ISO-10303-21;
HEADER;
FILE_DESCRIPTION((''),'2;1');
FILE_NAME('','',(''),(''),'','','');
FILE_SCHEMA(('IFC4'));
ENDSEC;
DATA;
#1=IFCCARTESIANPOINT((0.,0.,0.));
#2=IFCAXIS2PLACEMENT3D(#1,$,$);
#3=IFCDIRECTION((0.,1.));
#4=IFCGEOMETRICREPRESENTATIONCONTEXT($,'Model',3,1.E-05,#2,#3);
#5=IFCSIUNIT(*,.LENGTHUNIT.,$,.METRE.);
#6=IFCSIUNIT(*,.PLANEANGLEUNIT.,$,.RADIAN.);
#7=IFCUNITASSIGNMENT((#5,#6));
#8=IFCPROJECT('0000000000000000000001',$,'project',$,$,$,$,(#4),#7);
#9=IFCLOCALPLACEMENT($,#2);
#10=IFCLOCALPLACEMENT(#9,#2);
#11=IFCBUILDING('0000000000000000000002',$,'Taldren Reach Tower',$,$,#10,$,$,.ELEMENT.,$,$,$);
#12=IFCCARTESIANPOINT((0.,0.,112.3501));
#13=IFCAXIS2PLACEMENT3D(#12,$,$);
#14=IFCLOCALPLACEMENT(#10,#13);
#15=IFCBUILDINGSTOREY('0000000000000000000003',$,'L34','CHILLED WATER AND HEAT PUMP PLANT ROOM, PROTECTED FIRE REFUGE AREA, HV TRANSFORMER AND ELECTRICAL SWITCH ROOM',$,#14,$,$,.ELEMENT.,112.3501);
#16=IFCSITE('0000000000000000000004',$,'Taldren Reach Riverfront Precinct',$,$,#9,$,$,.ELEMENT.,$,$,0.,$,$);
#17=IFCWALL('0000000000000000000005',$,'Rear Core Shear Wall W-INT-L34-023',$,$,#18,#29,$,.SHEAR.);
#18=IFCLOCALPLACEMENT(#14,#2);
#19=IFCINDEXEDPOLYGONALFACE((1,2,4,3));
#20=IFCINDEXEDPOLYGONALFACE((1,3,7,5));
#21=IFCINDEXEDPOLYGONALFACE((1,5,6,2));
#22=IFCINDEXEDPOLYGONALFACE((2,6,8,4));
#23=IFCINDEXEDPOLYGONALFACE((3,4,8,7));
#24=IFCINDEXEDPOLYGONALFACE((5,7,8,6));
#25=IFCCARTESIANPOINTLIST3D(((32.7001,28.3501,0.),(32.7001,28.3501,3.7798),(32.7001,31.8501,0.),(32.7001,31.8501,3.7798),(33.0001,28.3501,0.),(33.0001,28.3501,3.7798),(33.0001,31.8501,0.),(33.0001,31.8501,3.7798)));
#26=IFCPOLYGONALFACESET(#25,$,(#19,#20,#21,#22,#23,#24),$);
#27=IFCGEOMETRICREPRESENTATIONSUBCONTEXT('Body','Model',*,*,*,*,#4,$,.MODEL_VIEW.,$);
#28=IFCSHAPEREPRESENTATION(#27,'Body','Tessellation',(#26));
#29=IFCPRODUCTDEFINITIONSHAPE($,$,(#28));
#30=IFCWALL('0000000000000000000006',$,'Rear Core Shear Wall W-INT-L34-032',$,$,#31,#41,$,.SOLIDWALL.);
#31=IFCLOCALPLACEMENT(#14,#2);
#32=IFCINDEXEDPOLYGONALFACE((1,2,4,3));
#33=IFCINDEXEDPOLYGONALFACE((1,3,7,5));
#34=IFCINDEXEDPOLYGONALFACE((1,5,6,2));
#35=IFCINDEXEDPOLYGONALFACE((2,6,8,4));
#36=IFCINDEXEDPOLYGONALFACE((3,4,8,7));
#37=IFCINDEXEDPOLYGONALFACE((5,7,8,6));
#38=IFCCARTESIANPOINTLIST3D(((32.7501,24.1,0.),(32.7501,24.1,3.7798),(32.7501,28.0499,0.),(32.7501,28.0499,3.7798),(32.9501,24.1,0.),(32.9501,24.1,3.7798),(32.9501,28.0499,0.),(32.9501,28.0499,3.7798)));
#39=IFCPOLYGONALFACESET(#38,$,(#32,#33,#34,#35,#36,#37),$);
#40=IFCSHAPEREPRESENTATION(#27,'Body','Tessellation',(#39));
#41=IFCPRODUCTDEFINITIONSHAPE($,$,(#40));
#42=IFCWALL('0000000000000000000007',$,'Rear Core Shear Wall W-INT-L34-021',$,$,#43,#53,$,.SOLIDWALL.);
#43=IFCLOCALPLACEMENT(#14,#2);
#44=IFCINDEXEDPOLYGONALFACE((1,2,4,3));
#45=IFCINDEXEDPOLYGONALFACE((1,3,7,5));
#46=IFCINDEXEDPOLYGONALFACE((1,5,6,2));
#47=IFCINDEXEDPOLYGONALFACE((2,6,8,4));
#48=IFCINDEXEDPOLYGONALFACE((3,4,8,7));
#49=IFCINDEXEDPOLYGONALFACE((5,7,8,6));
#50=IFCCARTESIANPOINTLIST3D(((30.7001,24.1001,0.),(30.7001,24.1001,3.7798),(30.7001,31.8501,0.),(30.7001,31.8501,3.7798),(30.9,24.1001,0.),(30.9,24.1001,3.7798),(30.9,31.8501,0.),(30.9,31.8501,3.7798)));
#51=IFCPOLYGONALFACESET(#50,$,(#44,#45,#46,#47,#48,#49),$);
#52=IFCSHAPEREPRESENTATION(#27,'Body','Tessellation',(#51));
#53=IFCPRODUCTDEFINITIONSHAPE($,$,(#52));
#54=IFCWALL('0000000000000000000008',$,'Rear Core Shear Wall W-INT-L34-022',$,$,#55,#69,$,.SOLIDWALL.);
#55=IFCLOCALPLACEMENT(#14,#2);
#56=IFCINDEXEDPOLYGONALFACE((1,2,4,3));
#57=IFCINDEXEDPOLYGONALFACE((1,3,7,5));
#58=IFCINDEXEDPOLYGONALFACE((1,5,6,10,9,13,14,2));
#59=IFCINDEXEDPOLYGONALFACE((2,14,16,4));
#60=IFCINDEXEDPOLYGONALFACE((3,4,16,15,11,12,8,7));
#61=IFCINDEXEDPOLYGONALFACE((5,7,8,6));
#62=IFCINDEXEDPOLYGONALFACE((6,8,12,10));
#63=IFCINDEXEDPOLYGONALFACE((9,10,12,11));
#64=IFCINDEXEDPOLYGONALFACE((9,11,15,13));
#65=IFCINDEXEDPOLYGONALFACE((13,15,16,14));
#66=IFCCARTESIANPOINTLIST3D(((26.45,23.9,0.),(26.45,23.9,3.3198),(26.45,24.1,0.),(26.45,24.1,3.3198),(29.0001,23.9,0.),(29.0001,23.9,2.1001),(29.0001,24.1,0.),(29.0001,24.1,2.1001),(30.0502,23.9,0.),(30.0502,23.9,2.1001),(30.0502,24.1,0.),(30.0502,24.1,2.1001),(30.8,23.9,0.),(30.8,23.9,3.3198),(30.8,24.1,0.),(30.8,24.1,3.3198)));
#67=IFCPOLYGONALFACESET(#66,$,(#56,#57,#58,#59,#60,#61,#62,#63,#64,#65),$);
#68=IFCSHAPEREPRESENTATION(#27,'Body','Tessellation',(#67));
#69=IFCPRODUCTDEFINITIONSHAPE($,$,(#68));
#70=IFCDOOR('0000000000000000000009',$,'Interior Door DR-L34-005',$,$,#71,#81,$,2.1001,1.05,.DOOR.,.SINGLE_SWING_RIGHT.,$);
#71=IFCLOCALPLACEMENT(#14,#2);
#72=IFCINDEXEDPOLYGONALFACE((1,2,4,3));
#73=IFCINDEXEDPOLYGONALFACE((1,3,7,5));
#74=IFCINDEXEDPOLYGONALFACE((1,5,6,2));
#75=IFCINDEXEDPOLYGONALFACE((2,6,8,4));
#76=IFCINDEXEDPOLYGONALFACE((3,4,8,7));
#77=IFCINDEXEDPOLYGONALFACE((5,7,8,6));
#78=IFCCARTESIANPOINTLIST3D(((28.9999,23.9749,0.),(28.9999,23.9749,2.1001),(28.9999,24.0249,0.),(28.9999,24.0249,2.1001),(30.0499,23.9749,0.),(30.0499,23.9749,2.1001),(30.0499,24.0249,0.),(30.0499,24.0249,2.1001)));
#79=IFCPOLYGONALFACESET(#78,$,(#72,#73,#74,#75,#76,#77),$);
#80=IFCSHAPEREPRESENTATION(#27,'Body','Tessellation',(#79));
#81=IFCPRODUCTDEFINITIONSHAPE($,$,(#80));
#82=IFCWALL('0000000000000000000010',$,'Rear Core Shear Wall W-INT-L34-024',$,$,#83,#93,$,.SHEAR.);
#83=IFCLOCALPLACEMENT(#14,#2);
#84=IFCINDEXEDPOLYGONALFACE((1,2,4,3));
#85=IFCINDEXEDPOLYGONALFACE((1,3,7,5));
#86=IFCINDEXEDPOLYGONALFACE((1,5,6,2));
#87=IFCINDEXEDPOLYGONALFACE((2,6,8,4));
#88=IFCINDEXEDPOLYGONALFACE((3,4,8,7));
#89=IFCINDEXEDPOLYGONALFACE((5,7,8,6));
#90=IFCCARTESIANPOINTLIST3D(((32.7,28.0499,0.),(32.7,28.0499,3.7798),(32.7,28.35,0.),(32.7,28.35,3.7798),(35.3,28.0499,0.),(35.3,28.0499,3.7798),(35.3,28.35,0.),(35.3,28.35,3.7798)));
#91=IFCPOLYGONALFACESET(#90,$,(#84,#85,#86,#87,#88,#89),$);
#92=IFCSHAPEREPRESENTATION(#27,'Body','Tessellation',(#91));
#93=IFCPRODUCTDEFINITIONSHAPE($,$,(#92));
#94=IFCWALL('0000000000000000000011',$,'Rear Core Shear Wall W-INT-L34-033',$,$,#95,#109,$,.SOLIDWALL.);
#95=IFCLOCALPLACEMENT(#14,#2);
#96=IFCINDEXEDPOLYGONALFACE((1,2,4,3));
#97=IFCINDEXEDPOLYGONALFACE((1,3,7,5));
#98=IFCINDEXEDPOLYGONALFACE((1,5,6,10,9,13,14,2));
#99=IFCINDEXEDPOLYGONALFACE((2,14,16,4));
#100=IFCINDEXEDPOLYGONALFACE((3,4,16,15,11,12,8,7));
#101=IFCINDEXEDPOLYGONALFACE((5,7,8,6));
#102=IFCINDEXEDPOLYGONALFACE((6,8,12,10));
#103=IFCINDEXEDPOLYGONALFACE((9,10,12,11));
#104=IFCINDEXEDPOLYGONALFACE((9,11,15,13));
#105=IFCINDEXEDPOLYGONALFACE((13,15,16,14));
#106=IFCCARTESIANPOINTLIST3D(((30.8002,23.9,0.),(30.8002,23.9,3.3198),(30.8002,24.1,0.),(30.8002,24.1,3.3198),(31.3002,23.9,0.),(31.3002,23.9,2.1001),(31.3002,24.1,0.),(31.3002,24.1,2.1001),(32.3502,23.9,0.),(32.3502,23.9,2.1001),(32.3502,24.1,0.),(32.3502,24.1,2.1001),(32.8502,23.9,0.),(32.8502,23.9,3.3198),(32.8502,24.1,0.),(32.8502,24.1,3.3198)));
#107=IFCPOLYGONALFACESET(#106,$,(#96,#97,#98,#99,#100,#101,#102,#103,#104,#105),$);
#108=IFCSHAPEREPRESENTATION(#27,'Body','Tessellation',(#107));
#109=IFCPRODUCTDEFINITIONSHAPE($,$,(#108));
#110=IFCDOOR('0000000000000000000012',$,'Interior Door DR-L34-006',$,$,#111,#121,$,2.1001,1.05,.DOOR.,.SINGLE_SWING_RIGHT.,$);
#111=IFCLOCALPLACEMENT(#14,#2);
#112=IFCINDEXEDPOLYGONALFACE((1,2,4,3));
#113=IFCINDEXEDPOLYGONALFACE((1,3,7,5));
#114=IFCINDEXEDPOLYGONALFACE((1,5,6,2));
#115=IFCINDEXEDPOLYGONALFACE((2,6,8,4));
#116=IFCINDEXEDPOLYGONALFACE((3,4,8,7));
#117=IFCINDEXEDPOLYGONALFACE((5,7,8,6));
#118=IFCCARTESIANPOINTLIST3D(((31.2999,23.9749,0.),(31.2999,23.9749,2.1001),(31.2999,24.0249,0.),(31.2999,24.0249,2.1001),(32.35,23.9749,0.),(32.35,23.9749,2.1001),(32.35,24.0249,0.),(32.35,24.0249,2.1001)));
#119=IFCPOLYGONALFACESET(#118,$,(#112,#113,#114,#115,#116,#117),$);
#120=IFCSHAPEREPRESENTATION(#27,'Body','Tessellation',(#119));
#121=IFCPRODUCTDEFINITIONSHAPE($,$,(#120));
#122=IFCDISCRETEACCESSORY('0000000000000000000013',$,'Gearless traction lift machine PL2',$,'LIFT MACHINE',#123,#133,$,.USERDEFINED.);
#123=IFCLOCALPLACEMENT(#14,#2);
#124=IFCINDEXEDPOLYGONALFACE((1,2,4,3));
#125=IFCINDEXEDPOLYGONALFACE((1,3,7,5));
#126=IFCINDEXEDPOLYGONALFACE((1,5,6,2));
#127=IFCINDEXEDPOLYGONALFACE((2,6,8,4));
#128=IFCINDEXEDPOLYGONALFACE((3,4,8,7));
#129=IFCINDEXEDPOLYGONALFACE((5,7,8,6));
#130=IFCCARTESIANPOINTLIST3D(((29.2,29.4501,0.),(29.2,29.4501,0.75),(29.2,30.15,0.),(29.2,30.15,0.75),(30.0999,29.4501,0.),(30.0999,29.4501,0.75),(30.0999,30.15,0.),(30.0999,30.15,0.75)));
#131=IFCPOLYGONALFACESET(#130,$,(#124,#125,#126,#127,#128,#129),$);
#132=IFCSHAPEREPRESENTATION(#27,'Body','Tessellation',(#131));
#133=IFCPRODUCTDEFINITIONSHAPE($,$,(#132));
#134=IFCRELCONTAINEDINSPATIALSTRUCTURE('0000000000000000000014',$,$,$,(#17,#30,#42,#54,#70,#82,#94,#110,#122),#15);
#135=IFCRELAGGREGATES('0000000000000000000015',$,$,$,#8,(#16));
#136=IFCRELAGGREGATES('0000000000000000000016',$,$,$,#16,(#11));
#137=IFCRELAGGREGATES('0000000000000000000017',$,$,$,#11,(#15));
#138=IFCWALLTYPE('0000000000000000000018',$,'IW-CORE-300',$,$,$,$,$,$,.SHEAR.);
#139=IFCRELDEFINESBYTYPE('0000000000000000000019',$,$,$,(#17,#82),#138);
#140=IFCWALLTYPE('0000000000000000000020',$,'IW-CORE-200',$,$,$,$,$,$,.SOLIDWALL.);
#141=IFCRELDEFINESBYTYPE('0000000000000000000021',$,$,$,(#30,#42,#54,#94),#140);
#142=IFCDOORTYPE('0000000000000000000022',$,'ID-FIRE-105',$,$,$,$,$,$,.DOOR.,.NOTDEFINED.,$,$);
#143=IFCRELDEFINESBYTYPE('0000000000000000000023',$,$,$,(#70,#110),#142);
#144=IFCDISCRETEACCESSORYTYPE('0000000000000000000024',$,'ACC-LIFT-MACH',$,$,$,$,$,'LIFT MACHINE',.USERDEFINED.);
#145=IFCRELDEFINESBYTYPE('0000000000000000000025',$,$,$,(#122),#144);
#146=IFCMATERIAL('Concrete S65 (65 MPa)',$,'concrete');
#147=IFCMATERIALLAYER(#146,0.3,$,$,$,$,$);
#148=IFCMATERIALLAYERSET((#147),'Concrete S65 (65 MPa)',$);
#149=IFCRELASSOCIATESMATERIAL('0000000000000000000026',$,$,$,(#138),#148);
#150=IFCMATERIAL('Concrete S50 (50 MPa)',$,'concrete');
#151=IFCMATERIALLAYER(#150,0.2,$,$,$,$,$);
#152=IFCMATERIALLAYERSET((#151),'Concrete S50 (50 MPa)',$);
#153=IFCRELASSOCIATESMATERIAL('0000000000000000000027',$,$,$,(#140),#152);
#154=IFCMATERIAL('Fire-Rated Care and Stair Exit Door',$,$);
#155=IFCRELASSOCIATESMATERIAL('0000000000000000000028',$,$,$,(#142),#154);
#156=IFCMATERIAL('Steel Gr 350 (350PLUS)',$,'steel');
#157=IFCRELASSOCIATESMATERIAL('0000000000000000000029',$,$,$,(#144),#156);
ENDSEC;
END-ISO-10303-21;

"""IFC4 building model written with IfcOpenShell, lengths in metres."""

from ifc_helpers import new_model, si_unit, direction, frame, frame_2d, origin, origin_2d, place, context, subcontext, project, spatial, rectangle, extrude, source, transform, mapped, material, layer, layer_set, type_object, element, fill, save


model = new_model("IFC4")

# Units and contexts
model_context = context("Model", 3, precision=1e-05, world=origin(), true_north=direction((0.0, 1.0)))
body_context = subcontext(model_context, "Body", "Model", "MODEL_VIEW")
ifc_project = project(units=[si_unit("LENGTHUNIT", "METRE"), si_unit("PLANEANGLEUNIT", "RADIAN")], contexts=[model_context])

# Site, building, storey
site_placement = place(None, origin())
site = spatial("IfcSite", under=ifc_project, at=site_placement, Name="Taldren Reach Riverfront Precinct", CompositionType="ELEMENT", RefElevation=0.0)
building_placement = place(site_placement, origin())
building = spatial("IfcBuilding", under=site, at=building_placement, Name="Taldren Reach Tower", CompositionType="ELEMENT")
storey_placement = place(building_placement, frame((0.0, 0.0, 112.3501)))
storey = spatial("IfcBuildingStorey", under=building, at=storey_placement, Name="L34", Description="CHILLED WATER AND HEAT PUMP PLANT ROOM, PROTECTED FIRE REFUGE AREA, HV TRANSFORMER AND ELECTRICAL SWITCH ROOM", CompositionType="ELEMENT", Elevation=112.3501)

# Shared definitions
ifc_material_1 = material(Name="Concrete S65 (65 MPa)", Category="concrete")

# Shared definitions
ifc_material_2 = material(Name="Steel Gr 350 (350PLUS)", Category="steel")

# Walls
ifc_layer_1 = layer(ifc_material_1, 0.3)
ifc_layer_set_1 = layer_set([ifc_layer_1], Name="Concrete S65 (65 MPa)")
wall_type_1 = type_object("IfcWallType", Name="IW-CORE-300", PredefinedType="SHEAR", material=ifc_layer_set_1)
shared_shape_1 = source(origin(), body_context, "Body", "SweptSolid", [
    extrude(rectangle(XDim=3.5, YDim=0.3, at=frame_2d((1.75, 0.0))), origin(), (0.0, 0.0, 1.0), 3.7798),
])
wall_1_placement = place(storey_placement, frame((32.8501, 31.8501, 0.0), z_axis=(0.0, 0.0, 1.0), x_axis=(0.0, -1.0, 0.0)))
element("IfcWall", 1, at=wall_1_placement, inside=storey, type_object=wall_type_1, Name="Rear Core Shear Wall W-INT-L34-023", PredefinedType="SHEAR", context=body_context, shape_type="MappedRepresentation", body=[
    mapped(shared_shape_1, transform((0.0, 0.0, 0.0), scale=1.0)),
])
ifc_material_3 = material(Name="Concrete S50 (50 MPa)", Category="concrete")
ifc_layer_2 = layer(ifc_material_3, 0.2)
ifc_layer_set_2 = layer_set([ifc_layer_2], Name="Concrete S50 (50 MPa)")
wall_type_2 = type_object("IfcWallType", Name="IW-CORE-200", PredefinedType="SOLIDWALL", material=ifc_layer_set_2)
shared_shape_2 = source(origin(), body_context, "Body", "SweptSolid", [
    extrude(rectangle(XDim=3.95, YDim=0.2, at=frame_2d((1.9751, 0.0))), origin(), (0.0, 0.0, 1.0), 3.7798),
])
wall_2_placement = place(storey_placement, frame((32.8501, 28.05, 0.0), z_axis=(0.0, 0.0, 1.0), x_axis=(0.0, -1.0, 0.0)))
element("IfcWall", 2, at=wall_2_placement, inside=storey, type_object=wall_type_2, Name="Rear Core Shear Wall W-INT-L34-032", PredefinedType="SOLIDWALL", context=body_context, shape_type="MappedRepresentation", body=[
    mapped(shared_shape_2, transform((0.0, 0.0, 0.0), scale=1.0)),
])
shared_shape_3 = source(origin(), body_context, "Body", "SweptSolid", [
    extrude(rectangle(XDim=7.75, YDim=0.2, at=frame_2d((3.875, 0.0))), origin(), (0.0, 0.0, 1.0), 3.7798),
])
wall_3_placement = place(storey_placement, frame((30.8, 31.8501, 0.0), z_axis=(0.0, 0.0, 1.0), x_axis=(0.0, -1.0, 0.0)))
element("IfcWall", 3, at=wall_3_placement, inside=storey, type_object=wall_type_2, Name="Rear Core Shear Wall W-INT-L34-021", PredefinedType="SOLIDWALL", context=body_context, shape_type="MappedRepresentation", body=[
    mapped(shared_shape_3, transform((0.0, 0.0, 0.0), scale=1.0)),
])

# Wall, opening, door
shared_shape_4 = source(origin(), body_context, "Body", "SweptSolid", [
    extrude(rectangle(XDim=4.3501, YDim=0.2, at=frame_2d((2.175, 0.0))), origin(), (0.0, 0.0, 1.0), 3.3198),
])
wall_4_placement = place(storey_placement, frame((30.8, 24.0, 0.0), z_axis=(0.0, 0.0, 1.0), x_axis=(-1.0, 0.0, 0.0)))
wall_4 = element("IfcWall", 4, at=wall_4_placement, inside=storey, type_object=wall_type_2, Name="Rear Core Shear Wall W-INT-L34-022", PredefinedType="SOLIDWALL", context=body_context, shape_type="MappedRepresentation", body=[
    mapped(shared_shape_4, transform((0.0, 0.0, 0.0), scale=1.0)),
])
shared_shape_5 = source(origin(), body_context, "Body", "SweptSolid", [
    extrude(rectangle(XDim=1.05, YDim=2.1001, at=frame_2d((0.5249, 1.05))), frame((0.0, 0.1099, 0.0), z_axis=(0.0, -1.0, 0.0), x_axis=(1.0, 0.0, 0.0)), (0.0, 0.0, 1.0), 0.22),
])
opening_1_placement = place(wall_4_placement, frame((0.75, 0.0, 0.0)))
opening_1 = element("IfcOpeningElement", 5, at=opening_1_placement, cuts=wall_4, PredefinedType="OPENING", context=body_context, shape_type="MappedRepresentation", body=[
    mapped(shared_shape_5, transform((0.0, 0.0, 0.0), scale=1.0)),
])
ifc_material_4 = material(Name="Fire-Rated Care and Stair Exit Door")
door_type = type_object("IfcDoorType", Name="ID-FIRE-105", OperationType="NOTDEFINED", PredefinedType="DOOR", material=ifc_material_4)
shared_shape_6 = source(origin(), body_context, "Body", "SweptSolid", [
    extrude(rectangle(XDim=1.05, YDim=2.1001, at=frame_2d((0.5249, 1.05))), frame((0.0, 0.0249, 0.0), z_axis=(0.0, -1.0, 0.0), x_axis=(1.0, 0.0, 0.0)), (0.0, 0.0, 1.0), 0.05),
])
door_1_placement = place(opening_1_placement, frame((1.05, 0.0, 0.0), z_axis=(0.0, 0.0, 1.0), x_axis=(-1.0, 0.0, 0.0)))
door_1 = element("IfcDoor", 6, at=door_1_placement, inside=storey, type_object=door_type, Name="Interior Door DR-L34-005", OperationType="SINGLE_SWING_RIGHT", OverallHeight=2.1001, OverallWidth=1.05, PredefinedType="DOOR", context=body_context, shape_type="MappedRepresentation", body=[
    mapped(shared_shape_6, transform((0.0, 0.0, 0.0), scale=1.0)),
])
fill(opening_1, door_1)

# Wall
shared_shape_7 = source(origin(), body_context, "Body", "SweptSolid", [
    extrude(rectangle(XDim=2.6001, YDim=0.3, at=frame_2d((1.3, 0.0))), origin(), (0.0, 0.0, 1.0), 3.7798),
])
wall_5_placement = place(storey_placement, frame((32.7, 28.2, 0.0), z_axis=(0.0, 0.0, 1.0), x_axis=(1.0, 0.0, 0.0)))
element("IfcWall", 7, at=wall_5_placement, inside=storey, type_object=wall_type_1, Name="Rear Core Shear Wall W-INT-L34-024", PredefinedType="SHEAR", context=body_context, shape_type="MappedRepresentation", body=[
    mapped(shared_shape_7, transform((0.0, 0.0, 0.0), scale=1.0)),
])

# Wall, opening, door
shared_shape_8 = source(origin(), body_context, "Body", "SweptSolid", [
    extrude(rectangle(XDim=2.05, YDim=0.2, at=frame_2d((1.0249, 0.0))), origin(), (0.0, 0.0, 1.0), 3.3198),
])
wall_6_placement = place(storey_placement, frame((32.8501, 24.0, 0.0), z_axis=(0.0, 0.0, 1.0), x_axis=(-1.0, 0.0, 0.0)))
wall_6 = element("IfcWall", 8, at=wall_6_placement, inside=storey, type_object=wall_type_2, Name="Rear Core Shear Wall W-INT-L34-033", PredefinedType="SOLIDWALL", context=body_context, shape_type="MappedRepresentation", body=[
    mapped(shared_shape_8, transform((0.0, 0.0, 0.0), scale=1.0)),
])
opening_2_placement = place(wall_6_placement, frame((0.5, 0.0, 0.0)))
opening_2 = element("IfcOpeningElement", 9, at=opening_2_placement, cuts=wall_6, PredefinedType="OPENING", context=body_context, shape_type="MappedRepresentation", body=[
    mapped(shared_shape_5, transform((0.0, 0.0, 0.0), scale=1.0)),
])
door_2_placement = place(opening_2_placement, frame((1.05, 0.0, 0.0), z_axis=(0.0, 0.0, 1.0), x_axis=(-1.0, 0.0, 0.0)))
door_2 = element("IfcDoor", 10, at=door_2_placement, inside=storey, type_object=door_type, Name="Interior Door DR-L34-006", OperationType="SINGLE_SWING_RIGHT", OverallHeight=2.1001, OverallWidth=1.05, PredefinedType="DOOR", context=body_context, shape_type="MappedRepresentation", body=[
    mapped(shared_shape_6, transform((0.0, 0.0, 0.0), scale=1.0)),
])
fill(opening_2, door_2)

# Discrete accessory
discrete_accessory_type = type_object("IfcDiscreteAccessoryType", Name="ACC-LIFT-MACH", ElementType="LIFT MACHINE", PredefinedType="USERDEFINED", material=ifc_material_2)
shared_shape_9 = source(origin(), body_context, "Body", "SweptSolid", [
    extrude(rectangle(XDim=0.8999, YDim=0.7, at=origin_2d()), origin(), (0.0, 0.0, 1.0), 0.75),
])
discrete_accessory_placement = place(storey_placement, frame((29.6499, 29.8, 0.0), z_axis=(0.0, 0.0, 1.0), x_axis=(1.0, 0.0, 0.0)))
element("IfcDiscreteAccessory", 11, at=discrete_accessory_placement, inside=storey, type_object=discrete_accessory_type, Name="Gearless traction lift machine PL2", ObjectType="LIFT MACHINE", PredefinedType="USERDEFINED", context=body_context, shape_type="MappedRepresentation", body=[
    mapped(shared_shape_9, transform((0.0, 0.0, 0.0), scale=1.0)),
])

save(model, "model.ifc")
